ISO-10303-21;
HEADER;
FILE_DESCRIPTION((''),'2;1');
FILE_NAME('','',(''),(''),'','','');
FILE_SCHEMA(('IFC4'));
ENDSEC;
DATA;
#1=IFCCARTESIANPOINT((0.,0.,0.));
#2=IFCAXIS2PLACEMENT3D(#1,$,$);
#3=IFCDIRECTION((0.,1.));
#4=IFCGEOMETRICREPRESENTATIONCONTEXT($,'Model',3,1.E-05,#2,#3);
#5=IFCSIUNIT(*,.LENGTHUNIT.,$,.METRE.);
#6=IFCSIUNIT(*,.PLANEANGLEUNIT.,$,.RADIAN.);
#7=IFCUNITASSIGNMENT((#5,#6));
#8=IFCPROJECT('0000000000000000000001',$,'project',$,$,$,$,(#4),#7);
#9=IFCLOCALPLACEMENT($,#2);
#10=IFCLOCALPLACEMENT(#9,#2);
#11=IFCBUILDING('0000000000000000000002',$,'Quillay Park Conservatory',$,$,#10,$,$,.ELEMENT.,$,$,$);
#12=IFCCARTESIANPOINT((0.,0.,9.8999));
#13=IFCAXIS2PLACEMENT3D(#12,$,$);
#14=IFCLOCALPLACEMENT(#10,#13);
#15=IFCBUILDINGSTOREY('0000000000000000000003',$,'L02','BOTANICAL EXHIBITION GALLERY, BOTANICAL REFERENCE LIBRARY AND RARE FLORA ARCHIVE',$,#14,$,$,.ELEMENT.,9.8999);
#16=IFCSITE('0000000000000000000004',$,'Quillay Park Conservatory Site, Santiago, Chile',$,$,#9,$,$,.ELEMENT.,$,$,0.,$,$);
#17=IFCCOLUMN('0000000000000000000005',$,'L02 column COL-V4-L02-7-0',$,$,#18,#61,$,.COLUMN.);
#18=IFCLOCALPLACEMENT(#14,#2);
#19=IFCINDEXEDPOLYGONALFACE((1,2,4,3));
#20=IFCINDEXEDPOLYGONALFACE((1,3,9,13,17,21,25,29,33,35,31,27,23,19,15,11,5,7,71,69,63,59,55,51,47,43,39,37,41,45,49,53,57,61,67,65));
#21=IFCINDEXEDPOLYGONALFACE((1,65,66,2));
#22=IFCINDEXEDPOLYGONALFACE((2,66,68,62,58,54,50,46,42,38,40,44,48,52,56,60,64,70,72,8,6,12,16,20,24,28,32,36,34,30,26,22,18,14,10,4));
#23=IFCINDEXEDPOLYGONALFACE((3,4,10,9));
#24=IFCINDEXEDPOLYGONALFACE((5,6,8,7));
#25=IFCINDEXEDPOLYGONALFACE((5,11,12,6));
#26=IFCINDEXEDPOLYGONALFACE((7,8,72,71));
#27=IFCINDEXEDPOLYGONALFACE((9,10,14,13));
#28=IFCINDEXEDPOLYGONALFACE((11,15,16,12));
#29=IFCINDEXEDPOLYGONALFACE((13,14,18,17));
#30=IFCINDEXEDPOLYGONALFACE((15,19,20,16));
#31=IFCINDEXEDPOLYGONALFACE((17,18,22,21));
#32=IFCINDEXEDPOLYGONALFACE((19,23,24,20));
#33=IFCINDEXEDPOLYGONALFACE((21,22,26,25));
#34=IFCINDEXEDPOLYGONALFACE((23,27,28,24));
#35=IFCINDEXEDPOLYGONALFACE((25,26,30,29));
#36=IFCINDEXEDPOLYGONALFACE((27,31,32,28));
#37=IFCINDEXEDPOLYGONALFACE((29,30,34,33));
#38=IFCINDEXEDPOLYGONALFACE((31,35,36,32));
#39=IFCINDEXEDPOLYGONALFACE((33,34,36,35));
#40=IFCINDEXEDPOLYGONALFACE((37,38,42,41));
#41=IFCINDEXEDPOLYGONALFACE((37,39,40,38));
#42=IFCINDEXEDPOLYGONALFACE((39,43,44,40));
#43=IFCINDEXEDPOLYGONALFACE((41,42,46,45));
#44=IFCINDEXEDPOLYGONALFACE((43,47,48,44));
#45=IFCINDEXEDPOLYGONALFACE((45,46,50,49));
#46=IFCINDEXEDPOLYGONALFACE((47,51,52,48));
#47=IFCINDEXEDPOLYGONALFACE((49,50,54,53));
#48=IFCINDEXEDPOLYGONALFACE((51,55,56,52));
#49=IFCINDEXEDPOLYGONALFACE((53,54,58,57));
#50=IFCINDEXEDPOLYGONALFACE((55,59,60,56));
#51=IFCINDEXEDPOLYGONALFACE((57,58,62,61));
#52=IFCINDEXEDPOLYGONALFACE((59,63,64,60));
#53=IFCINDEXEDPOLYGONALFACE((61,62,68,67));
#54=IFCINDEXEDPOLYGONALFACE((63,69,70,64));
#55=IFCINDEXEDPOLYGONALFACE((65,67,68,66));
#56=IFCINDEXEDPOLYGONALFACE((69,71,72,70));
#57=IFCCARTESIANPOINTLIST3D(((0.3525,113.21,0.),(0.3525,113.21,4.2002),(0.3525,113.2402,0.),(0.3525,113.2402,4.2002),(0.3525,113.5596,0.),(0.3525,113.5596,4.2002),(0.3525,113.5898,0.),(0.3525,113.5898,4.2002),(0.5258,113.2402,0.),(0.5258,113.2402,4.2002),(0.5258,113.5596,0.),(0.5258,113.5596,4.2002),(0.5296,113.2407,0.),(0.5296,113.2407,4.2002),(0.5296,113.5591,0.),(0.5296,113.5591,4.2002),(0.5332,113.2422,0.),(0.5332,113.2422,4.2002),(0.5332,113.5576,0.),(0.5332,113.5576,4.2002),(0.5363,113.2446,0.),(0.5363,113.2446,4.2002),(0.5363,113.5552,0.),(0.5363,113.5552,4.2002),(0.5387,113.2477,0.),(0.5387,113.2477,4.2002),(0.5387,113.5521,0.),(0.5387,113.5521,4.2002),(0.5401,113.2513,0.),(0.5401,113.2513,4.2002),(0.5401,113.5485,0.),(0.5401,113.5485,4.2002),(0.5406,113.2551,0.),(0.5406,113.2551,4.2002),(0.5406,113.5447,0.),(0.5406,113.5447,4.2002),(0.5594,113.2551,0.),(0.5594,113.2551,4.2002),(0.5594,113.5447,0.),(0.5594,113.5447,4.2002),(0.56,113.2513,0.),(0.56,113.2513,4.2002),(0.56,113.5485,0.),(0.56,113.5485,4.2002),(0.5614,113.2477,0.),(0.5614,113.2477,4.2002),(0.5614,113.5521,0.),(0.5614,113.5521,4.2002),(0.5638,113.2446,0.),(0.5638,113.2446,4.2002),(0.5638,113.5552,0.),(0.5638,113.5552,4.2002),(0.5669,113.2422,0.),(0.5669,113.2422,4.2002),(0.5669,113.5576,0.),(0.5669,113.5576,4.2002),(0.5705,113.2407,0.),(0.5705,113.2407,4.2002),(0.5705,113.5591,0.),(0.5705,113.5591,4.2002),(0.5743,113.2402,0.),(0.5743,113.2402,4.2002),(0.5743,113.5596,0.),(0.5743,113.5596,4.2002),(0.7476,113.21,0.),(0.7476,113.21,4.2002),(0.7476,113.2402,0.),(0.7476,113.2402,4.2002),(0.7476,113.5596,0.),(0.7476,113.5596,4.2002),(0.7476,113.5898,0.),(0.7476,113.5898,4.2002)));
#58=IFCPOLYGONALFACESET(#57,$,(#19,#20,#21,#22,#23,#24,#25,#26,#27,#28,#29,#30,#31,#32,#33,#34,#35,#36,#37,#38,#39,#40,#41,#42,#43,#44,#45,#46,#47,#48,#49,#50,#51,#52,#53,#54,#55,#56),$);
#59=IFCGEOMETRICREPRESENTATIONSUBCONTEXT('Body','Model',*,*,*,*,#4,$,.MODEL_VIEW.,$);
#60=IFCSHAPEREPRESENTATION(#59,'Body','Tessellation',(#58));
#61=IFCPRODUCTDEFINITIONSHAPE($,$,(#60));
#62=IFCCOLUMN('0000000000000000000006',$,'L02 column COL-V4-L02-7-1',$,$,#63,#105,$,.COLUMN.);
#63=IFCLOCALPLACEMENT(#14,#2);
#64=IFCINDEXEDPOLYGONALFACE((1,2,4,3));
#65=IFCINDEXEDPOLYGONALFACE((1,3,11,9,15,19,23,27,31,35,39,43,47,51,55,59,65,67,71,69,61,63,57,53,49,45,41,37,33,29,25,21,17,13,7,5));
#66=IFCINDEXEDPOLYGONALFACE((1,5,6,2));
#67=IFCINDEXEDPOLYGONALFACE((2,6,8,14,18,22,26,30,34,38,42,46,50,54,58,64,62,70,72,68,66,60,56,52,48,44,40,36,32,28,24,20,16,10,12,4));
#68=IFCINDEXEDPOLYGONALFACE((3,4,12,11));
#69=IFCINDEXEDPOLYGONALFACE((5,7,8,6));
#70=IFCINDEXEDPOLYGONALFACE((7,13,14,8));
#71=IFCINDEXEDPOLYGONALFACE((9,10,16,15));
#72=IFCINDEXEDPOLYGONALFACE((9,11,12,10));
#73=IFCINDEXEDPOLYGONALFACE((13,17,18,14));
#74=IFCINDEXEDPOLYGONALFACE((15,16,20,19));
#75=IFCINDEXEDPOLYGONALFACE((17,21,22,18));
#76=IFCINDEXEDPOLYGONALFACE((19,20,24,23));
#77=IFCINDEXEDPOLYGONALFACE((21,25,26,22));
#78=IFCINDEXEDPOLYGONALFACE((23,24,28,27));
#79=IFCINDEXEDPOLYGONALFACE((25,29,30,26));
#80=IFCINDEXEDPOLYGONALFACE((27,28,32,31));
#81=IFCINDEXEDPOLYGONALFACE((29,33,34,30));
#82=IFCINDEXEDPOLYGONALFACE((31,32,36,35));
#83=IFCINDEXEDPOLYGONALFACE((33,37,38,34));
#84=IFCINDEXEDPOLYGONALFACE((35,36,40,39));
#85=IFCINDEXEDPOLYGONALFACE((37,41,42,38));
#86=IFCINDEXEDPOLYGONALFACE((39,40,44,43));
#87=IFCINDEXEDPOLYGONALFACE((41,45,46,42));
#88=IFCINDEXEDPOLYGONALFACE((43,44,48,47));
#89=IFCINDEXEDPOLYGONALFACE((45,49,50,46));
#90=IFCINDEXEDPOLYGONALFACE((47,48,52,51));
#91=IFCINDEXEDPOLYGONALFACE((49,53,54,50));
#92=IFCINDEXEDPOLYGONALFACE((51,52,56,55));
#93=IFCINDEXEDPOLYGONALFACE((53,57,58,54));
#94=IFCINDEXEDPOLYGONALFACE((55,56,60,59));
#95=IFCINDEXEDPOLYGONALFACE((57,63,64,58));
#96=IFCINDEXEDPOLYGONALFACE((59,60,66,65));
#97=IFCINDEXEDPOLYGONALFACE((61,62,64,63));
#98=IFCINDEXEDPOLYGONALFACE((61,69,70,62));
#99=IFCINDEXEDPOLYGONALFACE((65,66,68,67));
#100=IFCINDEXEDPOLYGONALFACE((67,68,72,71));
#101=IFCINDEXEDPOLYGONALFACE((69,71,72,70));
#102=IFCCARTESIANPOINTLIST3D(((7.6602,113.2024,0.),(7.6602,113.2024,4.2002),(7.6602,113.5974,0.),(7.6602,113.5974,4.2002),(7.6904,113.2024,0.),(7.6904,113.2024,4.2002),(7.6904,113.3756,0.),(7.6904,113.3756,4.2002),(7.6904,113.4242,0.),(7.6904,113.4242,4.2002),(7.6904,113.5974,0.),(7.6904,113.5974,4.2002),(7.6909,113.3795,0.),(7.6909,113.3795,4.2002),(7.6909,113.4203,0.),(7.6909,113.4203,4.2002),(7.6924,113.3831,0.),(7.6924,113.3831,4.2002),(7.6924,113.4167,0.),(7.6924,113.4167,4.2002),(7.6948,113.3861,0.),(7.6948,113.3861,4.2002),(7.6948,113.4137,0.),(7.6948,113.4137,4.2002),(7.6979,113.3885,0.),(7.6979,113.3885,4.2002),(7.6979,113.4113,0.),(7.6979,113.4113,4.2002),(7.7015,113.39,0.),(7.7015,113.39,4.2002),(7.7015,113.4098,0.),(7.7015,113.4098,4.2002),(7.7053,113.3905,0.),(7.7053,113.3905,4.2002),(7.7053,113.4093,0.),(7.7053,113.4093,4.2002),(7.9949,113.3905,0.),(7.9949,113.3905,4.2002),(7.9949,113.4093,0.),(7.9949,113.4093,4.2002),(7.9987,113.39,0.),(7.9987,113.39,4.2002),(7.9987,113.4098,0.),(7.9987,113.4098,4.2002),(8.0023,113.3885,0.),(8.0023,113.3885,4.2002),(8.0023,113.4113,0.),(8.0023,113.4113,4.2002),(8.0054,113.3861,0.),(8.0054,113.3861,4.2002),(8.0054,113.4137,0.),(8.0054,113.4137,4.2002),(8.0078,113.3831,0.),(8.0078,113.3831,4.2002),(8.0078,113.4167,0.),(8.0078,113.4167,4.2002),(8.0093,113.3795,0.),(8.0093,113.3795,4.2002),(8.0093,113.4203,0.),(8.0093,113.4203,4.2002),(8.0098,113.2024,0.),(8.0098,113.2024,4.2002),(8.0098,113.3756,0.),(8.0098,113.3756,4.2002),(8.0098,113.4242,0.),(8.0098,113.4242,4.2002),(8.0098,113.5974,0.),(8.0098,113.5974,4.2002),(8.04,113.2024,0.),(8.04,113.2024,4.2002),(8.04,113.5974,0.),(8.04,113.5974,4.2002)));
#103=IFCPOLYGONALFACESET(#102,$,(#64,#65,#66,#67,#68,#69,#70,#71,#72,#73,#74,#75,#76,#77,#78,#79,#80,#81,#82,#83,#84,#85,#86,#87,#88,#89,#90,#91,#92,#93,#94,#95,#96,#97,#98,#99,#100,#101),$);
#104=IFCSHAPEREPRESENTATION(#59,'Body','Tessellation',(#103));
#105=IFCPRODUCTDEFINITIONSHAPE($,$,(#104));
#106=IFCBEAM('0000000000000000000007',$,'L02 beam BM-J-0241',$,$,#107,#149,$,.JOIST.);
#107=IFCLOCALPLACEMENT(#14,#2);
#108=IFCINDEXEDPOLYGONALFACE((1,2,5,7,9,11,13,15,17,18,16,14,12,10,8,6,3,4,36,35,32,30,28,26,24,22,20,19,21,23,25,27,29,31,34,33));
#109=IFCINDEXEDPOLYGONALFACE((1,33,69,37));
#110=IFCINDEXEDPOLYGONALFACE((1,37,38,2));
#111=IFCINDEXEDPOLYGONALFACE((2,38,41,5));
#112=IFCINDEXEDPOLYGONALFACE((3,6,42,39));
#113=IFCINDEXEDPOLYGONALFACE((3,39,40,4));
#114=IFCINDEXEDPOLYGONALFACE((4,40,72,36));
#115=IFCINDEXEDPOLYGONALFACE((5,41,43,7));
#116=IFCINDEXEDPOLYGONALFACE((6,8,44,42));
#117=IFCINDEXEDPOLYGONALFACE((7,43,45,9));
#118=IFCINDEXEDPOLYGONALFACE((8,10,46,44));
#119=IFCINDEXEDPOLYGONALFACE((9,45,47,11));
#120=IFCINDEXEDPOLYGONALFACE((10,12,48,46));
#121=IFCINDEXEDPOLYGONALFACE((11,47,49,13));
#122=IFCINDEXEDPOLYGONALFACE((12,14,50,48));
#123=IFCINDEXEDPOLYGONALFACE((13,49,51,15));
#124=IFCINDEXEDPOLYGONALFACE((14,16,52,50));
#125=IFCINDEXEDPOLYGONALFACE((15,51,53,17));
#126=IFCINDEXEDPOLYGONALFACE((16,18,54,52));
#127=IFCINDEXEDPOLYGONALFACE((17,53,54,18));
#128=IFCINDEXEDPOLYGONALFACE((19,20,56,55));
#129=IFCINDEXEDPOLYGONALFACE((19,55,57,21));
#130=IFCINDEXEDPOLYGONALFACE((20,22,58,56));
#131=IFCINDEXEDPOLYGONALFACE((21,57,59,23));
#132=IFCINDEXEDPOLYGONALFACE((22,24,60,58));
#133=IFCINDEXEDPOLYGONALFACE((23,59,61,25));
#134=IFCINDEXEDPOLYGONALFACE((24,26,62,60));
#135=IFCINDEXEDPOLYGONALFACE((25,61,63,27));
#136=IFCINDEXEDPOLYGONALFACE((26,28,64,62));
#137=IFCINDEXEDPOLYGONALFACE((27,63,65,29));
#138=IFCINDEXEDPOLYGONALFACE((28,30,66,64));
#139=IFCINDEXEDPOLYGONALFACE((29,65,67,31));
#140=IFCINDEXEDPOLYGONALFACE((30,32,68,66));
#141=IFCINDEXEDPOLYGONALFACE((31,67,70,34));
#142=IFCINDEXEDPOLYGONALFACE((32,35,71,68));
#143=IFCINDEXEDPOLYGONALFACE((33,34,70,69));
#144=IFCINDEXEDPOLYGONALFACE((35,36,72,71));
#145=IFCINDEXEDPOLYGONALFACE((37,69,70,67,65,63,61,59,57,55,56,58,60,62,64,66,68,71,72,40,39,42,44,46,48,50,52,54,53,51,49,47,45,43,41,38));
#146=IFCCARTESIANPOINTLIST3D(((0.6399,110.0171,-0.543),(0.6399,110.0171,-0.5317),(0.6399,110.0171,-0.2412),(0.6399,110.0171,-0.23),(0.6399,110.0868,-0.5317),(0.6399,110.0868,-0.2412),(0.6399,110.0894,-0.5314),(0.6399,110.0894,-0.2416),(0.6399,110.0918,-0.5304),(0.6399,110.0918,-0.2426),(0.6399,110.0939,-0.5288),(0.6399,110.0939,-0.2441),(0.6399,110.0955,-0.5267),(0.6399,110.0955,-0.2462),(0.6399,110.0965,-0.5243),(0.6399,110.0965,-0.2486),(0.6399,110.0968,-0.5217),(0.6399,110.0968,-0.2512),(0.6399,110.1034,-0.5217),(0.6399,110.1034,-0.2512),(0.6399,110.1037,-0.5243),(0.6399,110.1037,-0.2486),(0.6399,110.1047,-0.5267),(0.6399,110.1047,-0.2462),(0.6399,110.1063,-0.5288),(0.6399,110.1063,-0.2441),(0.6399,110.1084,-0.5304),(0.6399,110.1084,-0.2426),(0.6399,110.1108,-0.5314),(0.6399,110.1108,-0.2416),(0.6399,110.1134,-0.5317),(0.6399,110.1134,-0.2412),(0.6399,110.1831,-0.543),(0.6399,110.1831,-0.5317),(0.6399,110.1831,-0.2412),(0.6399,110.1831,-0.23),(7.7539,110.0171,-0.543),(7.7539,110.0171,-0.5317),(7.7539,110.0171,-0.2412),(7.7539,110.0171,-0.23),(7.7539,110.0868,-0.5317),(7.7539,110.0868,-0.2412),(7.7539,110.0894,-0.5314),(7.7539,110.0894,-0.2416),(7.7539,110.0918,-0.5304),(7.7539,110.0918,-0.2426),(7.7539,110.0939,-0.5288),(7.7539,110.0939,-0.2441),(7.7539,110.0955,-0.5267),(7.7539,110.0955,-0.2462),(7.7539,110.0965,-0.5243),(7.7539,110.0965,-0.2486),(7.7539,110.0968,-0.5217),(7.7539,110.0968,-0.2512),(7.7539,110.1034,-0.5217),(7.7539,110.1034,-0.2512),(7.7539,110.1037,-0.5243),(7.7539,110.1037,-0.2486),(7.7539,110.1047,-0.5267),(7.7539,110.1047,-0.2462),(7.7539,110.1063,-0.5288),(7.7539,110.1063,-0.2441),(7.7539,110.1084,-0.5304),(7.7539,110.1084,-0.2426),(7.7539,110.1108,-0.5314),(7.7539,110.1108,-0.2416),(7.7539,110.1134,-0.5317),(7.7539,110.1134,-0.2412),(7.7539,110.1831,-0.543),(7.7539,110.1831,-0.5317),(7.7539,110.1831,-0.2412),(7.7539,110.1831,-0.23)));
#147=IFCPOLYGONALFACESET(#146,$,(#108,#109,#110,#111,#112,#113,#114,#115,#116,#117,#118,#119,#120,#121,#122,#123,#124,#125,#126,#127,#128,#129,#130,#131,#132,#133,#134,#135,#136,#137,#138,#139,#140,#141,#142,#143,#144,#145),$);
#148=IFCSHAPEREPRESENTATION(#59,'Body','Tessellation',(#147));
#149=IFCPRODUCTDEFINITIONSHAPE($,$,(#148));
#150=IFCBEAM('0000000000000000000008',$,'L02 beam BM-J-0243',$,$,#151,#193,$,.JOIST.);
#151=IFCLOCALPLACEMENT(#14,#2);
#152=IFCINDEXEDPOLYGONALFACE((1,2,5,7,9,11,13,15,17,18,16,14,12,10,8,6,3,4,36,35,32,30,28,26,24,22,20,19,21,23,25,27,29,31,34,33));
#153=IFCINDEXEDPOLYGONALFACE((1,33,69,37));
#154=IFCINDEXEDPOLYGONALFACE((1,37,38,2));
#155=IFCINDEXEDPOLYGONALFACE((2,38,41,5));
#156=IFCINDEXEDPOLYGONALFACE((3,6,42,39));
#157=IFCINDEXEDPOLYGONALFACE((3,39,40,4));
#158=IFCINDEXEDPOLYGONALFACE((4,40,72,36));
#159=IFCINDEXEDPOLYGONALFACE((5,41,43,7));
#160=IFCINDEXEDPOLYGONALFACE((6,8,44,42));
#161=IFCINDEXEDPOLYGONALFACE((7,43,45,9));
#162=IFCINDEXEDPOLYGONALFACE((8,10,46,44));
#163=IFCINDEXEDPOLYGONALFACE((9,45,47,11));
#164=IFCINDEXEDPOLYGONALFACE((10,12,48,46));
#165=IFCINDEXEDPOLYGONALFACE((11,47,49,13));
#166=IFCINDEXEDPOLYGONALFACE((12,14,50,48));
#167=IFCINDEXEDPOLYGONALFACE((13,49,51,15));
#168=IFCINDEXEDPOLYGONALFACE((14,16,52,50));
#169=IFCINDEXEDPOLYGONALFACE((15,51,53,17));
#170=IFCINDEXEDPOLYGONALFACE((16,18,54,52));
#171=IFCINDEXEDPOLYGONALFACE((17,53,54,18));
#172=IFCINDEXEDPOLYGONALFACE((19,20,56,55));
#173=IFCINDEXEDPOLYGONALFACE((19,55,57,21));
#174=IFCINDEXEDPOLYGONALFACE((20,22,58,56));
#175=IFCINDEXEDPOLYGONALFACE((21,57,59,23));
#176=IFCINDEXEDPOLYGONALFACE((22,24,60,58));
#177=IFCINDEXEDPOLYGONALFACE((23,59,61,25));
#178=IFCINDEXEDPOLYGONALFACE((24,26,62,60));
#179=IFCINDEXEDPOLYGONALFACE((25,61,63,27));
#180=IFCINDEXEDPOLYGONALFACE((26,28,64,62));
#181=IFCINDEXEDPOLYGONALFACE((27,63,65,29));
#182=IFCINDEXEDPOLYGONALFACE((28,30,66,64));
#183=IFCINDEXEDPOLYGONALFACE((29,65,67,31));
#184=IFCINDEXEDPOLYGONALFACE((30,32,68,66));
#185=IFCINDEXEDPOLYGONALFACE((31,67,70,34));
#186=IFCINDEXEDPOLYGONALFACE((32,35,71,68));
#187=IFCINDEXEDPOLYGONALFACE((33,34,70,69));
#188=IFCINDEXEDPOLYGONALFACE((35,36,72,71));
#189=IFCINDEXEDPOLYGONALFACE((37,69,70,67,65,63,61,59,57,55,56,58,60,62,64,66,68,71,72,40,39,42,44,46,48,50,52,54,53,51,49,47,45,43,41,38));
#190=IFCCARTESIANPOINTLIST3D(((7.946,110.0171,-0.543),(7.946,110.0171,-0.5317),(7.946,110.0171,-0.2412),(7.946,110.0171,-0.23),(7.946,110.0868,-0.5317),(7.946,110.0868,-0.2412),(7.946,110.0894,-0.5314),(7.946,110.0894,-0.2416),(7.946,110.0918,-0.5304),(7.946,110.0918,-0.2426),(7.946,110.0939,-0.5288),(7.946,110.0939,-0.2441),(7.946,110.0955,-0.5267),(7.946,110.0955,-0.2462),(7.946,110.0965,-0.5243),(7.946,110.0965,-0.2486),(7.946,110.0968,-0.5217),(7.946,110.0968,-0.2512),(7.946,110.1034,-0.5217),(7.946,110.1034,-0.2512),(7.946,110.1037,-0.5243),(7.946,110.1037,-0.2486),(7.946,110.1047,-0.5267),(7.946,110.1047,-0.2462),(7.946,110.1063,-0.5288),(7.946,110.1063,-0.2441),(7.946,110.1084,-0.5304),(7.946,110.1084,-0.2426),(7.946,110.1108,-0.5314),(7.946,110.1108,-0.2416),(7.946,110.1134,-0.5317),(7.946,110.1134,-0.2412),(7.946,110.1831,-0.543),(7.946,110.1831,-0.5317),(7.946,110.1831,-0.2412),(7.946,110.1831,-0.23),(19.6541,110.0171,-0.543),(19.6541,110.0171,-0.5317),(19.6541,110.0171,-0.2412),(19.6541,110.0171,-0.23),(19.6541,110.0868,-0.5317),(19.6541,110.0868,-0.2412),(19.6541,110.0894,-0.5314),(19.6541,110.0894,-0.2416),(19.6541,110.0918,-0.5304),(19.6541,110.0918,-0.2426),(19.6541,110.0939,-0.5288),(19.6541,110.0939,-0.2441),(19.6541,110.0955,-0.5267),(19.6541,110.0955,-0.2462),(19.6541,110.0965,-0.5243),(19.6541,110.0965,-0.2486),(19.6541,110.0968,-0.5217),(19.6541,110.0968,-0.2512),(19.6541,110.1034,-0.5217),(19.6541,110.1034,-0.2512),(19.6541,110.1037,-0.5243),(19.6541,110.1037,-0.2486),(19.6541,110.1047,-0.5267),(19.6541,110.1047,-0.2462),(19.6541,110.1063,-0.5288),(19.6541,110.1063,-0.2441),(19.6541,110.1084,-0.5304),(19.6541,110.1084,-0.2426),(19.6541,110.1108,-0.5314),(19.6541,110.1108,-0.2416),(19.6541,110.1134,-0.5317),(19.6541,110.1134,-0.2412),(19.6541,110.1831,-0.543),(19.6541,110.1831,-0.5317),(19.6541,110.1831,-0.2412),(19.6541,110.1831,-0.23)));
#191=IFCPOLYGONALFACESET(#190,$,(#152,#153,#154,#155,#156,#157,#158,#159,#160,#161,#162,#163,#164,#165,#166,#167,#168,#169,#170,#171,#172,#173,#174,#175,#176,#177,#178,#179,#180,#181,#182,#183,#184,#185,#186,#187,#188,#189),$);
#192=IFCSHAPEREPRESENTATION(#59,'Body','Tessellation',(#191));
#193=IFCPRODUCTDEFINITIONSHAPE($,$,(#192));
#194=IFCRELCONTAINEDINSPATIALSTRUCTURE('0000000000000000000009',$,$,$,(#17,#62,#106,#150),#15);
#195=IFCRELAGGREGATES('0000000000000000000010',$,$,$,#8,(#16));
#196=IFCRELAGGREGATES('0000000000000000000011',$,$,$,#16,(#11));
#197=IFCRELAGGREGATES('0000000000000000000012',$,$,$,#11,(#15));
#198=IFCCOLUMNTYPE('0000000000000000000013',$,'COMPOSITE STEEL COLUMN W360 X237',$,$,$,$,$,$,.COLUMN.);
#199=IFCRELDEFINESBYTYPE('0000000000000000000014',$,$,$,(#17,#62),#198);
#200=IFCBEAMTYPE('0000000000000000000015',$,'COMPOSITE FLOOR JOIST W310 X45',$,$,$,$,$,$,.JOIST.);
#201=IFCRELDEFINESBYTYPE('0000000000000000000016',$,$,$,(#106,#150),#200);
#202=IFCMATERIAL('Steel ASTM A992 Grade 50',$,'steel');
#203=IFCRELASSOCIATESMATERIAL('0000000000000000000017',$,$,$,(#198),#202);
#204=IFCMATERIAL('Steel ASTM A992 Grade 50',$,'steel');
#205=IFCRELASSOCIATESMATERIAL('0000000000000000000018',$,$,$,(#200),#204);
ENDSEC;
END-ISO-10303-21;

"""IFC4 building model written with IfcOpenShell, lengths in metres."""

from ifc_helpers import new_model, si_unit, direction, frame, origin, origin_2d, place, context, subcontext, project, spatial, i_section, extrude, material, material_profile, profile_set, type_object, element, save


model = new_model("IFC4")

# Units and contexts
model_context = context("Model", 3, precision=1e-05, world=origin(), true_north=direction((0.0, 1.0)))
body_context = subcontext(model_context, "Body", "Model", "MODEL_VIEW")
ifc_project = project(units=[si_unit("LENGTHUNIT", "METRE"), si_unit("PLANEANGLEUNIT", "RADIAN")], contexts=[model_context])

# Site, building, storey
site_placement = place(None, origin())
site = spatial("IfcSite", under=ifc_project, at=site_placement, Name="Quillay Park Conservatory Site, Santiago, Chile", CompositionType="ELEMENT", RefElevation=0.0)
building_placement = place(site_placement, origin())
building = spatial("IfcBuilding", under=site, at=building_placement, Name="Quillay Park Conservatory", CompositionType="ELEMENT")
storey_placement = place(building_placement, frame((0.0, 0.0, 9.8999)))
storey = spatial("IfcBuildingStorey", under=building, at=storey_placement, Name="L02", Description="BOTANICAL EXHIBITION GALLERY, BOTANICAL REFERENCE LIBRARY AND RARE FLORA ARCHIVE", CompositionType="ELEMENT", Elevation=9.8999)

# Columns
ifc_material_1 = material(Name="Steel ASTM A992 Grade 50", Category="steel")
ifc_material_profile_1 = material_profile(ifc_material_1, i_section(OverallWidth=0.395, OverallDepth=0.3799, WebThickness=0.0188, FlangeThickness=0.0303, FilletRadius=0.0149, at=origin_2d()), Name="W360x237")
ifc_profile_set_1 = profile_set([ifc_material_profile_1], Name="Steel ASTM A992 Grade 50")
column_type = type_object("IfcColumnType", Name="COMPOSITE STEEL COLUMN W360 X237", PredefinedType="COLUMN", material=ifc_profile_set_1)
for number, where, z_axis, x_axis, name in (
    (1, (0.55, 113.3999, 0.0), (0.0, 0.0, 1.0), (1.0, 0.0, 0.0), "L02 column COL-V4-L02-7-0"),
    (2, (7.8501, 113.3999, 0.0), (0.0, 0.0, 1.0), (0.0, 1.0, 0.0), "L02 column COL-V4-L02-7-1"),
):
    element("IfcColumn", number, at=place(storey_placement, frame(where, z_axis=z_axis, x_axis=x_axis)), inside=storey, type_object=column_type, Name=name, PredefinedType="COLUMN", context=body_context, shape_type="SweptSolid", body=[
        extrude(i_section(OverallWidth=0.395, OverallDepth=0.3799, WebThickness=0.0188, FlangeThickness=0.0303, FilletRadius=0.0149, at=origin_2d()), origin(), (0.0, 0.0, 1.0), 4.2002),
    ])

# Beams
ifc_material_2 = material(Name="Steel ASTM A992 Grade 50", Category="steel")
ifc_material_profile_2 = material_profile(ifc_material_2, i_section(OverallWidth=0.166, OverallDepth=0.313, WebThickness=0.0066, FlangeThickness=0.0112, FilletRadius=0.01, at=origin_2d()), Name="W310x45")
ifc_profile_set_2 = profile_set([ifc_material_profile_2], Name="Steel ASTM A992 Grade 50")
beam_type_1 = type_object("IfcBeamType", Name="COMPOSITE FLOOR JOIST W310 X45", PredefinedType="JOIST", material=ifc_profile_set_2)
beam_1_placement = place(storey_placement, frame((0.6399, 110.1001, -0.3865), z_axis=(1.0, 0.0, 0.0), x_axis=(0.0, 1.0, 0.0)))
element("IfcBeam", 3, at=beam_1_placement, inside=storey, type_object=beam_type_1, Name="L02 beam BM-J-0241", PredefinedType="JOIST", context=body_context, shape_type="SweptSolid", body=[
    extrude(i_section(OverallWidth=0.166, OverallDepth=0.313, WebThickness=0.0066, FlangeThickness=0.0112, FilletRadius=0.01, at=origin_2d()), origin(), (0.0, 0.0, 1.0), 7.114),
])
beam_2_placement = place(storey_placement, frame((7.946, 110.1001, -0.3865), z_axis=(1.0, 0.0, 0.0), x_axis=(0.0, 1.0, 0.0)))
element("IfcBeam", 4, at=beam_2_placement, inside=storey, type_object=beam_type_1, Name="L02 beam BM-J-0243", PredefinedType="JOIST", context=body_context, shape_type="SweptSolid", body=[
    extrude(i_section(OverallWidth=0.166, OverallDepth=0.313, WebThickness=0.0066, FlangeThickness=0.0112, FilletRadius=0.01, at=origin_2d()), origin(), (0.0, 0.0, 1.0), 11.708),
])

save(model, "model.ifc")
